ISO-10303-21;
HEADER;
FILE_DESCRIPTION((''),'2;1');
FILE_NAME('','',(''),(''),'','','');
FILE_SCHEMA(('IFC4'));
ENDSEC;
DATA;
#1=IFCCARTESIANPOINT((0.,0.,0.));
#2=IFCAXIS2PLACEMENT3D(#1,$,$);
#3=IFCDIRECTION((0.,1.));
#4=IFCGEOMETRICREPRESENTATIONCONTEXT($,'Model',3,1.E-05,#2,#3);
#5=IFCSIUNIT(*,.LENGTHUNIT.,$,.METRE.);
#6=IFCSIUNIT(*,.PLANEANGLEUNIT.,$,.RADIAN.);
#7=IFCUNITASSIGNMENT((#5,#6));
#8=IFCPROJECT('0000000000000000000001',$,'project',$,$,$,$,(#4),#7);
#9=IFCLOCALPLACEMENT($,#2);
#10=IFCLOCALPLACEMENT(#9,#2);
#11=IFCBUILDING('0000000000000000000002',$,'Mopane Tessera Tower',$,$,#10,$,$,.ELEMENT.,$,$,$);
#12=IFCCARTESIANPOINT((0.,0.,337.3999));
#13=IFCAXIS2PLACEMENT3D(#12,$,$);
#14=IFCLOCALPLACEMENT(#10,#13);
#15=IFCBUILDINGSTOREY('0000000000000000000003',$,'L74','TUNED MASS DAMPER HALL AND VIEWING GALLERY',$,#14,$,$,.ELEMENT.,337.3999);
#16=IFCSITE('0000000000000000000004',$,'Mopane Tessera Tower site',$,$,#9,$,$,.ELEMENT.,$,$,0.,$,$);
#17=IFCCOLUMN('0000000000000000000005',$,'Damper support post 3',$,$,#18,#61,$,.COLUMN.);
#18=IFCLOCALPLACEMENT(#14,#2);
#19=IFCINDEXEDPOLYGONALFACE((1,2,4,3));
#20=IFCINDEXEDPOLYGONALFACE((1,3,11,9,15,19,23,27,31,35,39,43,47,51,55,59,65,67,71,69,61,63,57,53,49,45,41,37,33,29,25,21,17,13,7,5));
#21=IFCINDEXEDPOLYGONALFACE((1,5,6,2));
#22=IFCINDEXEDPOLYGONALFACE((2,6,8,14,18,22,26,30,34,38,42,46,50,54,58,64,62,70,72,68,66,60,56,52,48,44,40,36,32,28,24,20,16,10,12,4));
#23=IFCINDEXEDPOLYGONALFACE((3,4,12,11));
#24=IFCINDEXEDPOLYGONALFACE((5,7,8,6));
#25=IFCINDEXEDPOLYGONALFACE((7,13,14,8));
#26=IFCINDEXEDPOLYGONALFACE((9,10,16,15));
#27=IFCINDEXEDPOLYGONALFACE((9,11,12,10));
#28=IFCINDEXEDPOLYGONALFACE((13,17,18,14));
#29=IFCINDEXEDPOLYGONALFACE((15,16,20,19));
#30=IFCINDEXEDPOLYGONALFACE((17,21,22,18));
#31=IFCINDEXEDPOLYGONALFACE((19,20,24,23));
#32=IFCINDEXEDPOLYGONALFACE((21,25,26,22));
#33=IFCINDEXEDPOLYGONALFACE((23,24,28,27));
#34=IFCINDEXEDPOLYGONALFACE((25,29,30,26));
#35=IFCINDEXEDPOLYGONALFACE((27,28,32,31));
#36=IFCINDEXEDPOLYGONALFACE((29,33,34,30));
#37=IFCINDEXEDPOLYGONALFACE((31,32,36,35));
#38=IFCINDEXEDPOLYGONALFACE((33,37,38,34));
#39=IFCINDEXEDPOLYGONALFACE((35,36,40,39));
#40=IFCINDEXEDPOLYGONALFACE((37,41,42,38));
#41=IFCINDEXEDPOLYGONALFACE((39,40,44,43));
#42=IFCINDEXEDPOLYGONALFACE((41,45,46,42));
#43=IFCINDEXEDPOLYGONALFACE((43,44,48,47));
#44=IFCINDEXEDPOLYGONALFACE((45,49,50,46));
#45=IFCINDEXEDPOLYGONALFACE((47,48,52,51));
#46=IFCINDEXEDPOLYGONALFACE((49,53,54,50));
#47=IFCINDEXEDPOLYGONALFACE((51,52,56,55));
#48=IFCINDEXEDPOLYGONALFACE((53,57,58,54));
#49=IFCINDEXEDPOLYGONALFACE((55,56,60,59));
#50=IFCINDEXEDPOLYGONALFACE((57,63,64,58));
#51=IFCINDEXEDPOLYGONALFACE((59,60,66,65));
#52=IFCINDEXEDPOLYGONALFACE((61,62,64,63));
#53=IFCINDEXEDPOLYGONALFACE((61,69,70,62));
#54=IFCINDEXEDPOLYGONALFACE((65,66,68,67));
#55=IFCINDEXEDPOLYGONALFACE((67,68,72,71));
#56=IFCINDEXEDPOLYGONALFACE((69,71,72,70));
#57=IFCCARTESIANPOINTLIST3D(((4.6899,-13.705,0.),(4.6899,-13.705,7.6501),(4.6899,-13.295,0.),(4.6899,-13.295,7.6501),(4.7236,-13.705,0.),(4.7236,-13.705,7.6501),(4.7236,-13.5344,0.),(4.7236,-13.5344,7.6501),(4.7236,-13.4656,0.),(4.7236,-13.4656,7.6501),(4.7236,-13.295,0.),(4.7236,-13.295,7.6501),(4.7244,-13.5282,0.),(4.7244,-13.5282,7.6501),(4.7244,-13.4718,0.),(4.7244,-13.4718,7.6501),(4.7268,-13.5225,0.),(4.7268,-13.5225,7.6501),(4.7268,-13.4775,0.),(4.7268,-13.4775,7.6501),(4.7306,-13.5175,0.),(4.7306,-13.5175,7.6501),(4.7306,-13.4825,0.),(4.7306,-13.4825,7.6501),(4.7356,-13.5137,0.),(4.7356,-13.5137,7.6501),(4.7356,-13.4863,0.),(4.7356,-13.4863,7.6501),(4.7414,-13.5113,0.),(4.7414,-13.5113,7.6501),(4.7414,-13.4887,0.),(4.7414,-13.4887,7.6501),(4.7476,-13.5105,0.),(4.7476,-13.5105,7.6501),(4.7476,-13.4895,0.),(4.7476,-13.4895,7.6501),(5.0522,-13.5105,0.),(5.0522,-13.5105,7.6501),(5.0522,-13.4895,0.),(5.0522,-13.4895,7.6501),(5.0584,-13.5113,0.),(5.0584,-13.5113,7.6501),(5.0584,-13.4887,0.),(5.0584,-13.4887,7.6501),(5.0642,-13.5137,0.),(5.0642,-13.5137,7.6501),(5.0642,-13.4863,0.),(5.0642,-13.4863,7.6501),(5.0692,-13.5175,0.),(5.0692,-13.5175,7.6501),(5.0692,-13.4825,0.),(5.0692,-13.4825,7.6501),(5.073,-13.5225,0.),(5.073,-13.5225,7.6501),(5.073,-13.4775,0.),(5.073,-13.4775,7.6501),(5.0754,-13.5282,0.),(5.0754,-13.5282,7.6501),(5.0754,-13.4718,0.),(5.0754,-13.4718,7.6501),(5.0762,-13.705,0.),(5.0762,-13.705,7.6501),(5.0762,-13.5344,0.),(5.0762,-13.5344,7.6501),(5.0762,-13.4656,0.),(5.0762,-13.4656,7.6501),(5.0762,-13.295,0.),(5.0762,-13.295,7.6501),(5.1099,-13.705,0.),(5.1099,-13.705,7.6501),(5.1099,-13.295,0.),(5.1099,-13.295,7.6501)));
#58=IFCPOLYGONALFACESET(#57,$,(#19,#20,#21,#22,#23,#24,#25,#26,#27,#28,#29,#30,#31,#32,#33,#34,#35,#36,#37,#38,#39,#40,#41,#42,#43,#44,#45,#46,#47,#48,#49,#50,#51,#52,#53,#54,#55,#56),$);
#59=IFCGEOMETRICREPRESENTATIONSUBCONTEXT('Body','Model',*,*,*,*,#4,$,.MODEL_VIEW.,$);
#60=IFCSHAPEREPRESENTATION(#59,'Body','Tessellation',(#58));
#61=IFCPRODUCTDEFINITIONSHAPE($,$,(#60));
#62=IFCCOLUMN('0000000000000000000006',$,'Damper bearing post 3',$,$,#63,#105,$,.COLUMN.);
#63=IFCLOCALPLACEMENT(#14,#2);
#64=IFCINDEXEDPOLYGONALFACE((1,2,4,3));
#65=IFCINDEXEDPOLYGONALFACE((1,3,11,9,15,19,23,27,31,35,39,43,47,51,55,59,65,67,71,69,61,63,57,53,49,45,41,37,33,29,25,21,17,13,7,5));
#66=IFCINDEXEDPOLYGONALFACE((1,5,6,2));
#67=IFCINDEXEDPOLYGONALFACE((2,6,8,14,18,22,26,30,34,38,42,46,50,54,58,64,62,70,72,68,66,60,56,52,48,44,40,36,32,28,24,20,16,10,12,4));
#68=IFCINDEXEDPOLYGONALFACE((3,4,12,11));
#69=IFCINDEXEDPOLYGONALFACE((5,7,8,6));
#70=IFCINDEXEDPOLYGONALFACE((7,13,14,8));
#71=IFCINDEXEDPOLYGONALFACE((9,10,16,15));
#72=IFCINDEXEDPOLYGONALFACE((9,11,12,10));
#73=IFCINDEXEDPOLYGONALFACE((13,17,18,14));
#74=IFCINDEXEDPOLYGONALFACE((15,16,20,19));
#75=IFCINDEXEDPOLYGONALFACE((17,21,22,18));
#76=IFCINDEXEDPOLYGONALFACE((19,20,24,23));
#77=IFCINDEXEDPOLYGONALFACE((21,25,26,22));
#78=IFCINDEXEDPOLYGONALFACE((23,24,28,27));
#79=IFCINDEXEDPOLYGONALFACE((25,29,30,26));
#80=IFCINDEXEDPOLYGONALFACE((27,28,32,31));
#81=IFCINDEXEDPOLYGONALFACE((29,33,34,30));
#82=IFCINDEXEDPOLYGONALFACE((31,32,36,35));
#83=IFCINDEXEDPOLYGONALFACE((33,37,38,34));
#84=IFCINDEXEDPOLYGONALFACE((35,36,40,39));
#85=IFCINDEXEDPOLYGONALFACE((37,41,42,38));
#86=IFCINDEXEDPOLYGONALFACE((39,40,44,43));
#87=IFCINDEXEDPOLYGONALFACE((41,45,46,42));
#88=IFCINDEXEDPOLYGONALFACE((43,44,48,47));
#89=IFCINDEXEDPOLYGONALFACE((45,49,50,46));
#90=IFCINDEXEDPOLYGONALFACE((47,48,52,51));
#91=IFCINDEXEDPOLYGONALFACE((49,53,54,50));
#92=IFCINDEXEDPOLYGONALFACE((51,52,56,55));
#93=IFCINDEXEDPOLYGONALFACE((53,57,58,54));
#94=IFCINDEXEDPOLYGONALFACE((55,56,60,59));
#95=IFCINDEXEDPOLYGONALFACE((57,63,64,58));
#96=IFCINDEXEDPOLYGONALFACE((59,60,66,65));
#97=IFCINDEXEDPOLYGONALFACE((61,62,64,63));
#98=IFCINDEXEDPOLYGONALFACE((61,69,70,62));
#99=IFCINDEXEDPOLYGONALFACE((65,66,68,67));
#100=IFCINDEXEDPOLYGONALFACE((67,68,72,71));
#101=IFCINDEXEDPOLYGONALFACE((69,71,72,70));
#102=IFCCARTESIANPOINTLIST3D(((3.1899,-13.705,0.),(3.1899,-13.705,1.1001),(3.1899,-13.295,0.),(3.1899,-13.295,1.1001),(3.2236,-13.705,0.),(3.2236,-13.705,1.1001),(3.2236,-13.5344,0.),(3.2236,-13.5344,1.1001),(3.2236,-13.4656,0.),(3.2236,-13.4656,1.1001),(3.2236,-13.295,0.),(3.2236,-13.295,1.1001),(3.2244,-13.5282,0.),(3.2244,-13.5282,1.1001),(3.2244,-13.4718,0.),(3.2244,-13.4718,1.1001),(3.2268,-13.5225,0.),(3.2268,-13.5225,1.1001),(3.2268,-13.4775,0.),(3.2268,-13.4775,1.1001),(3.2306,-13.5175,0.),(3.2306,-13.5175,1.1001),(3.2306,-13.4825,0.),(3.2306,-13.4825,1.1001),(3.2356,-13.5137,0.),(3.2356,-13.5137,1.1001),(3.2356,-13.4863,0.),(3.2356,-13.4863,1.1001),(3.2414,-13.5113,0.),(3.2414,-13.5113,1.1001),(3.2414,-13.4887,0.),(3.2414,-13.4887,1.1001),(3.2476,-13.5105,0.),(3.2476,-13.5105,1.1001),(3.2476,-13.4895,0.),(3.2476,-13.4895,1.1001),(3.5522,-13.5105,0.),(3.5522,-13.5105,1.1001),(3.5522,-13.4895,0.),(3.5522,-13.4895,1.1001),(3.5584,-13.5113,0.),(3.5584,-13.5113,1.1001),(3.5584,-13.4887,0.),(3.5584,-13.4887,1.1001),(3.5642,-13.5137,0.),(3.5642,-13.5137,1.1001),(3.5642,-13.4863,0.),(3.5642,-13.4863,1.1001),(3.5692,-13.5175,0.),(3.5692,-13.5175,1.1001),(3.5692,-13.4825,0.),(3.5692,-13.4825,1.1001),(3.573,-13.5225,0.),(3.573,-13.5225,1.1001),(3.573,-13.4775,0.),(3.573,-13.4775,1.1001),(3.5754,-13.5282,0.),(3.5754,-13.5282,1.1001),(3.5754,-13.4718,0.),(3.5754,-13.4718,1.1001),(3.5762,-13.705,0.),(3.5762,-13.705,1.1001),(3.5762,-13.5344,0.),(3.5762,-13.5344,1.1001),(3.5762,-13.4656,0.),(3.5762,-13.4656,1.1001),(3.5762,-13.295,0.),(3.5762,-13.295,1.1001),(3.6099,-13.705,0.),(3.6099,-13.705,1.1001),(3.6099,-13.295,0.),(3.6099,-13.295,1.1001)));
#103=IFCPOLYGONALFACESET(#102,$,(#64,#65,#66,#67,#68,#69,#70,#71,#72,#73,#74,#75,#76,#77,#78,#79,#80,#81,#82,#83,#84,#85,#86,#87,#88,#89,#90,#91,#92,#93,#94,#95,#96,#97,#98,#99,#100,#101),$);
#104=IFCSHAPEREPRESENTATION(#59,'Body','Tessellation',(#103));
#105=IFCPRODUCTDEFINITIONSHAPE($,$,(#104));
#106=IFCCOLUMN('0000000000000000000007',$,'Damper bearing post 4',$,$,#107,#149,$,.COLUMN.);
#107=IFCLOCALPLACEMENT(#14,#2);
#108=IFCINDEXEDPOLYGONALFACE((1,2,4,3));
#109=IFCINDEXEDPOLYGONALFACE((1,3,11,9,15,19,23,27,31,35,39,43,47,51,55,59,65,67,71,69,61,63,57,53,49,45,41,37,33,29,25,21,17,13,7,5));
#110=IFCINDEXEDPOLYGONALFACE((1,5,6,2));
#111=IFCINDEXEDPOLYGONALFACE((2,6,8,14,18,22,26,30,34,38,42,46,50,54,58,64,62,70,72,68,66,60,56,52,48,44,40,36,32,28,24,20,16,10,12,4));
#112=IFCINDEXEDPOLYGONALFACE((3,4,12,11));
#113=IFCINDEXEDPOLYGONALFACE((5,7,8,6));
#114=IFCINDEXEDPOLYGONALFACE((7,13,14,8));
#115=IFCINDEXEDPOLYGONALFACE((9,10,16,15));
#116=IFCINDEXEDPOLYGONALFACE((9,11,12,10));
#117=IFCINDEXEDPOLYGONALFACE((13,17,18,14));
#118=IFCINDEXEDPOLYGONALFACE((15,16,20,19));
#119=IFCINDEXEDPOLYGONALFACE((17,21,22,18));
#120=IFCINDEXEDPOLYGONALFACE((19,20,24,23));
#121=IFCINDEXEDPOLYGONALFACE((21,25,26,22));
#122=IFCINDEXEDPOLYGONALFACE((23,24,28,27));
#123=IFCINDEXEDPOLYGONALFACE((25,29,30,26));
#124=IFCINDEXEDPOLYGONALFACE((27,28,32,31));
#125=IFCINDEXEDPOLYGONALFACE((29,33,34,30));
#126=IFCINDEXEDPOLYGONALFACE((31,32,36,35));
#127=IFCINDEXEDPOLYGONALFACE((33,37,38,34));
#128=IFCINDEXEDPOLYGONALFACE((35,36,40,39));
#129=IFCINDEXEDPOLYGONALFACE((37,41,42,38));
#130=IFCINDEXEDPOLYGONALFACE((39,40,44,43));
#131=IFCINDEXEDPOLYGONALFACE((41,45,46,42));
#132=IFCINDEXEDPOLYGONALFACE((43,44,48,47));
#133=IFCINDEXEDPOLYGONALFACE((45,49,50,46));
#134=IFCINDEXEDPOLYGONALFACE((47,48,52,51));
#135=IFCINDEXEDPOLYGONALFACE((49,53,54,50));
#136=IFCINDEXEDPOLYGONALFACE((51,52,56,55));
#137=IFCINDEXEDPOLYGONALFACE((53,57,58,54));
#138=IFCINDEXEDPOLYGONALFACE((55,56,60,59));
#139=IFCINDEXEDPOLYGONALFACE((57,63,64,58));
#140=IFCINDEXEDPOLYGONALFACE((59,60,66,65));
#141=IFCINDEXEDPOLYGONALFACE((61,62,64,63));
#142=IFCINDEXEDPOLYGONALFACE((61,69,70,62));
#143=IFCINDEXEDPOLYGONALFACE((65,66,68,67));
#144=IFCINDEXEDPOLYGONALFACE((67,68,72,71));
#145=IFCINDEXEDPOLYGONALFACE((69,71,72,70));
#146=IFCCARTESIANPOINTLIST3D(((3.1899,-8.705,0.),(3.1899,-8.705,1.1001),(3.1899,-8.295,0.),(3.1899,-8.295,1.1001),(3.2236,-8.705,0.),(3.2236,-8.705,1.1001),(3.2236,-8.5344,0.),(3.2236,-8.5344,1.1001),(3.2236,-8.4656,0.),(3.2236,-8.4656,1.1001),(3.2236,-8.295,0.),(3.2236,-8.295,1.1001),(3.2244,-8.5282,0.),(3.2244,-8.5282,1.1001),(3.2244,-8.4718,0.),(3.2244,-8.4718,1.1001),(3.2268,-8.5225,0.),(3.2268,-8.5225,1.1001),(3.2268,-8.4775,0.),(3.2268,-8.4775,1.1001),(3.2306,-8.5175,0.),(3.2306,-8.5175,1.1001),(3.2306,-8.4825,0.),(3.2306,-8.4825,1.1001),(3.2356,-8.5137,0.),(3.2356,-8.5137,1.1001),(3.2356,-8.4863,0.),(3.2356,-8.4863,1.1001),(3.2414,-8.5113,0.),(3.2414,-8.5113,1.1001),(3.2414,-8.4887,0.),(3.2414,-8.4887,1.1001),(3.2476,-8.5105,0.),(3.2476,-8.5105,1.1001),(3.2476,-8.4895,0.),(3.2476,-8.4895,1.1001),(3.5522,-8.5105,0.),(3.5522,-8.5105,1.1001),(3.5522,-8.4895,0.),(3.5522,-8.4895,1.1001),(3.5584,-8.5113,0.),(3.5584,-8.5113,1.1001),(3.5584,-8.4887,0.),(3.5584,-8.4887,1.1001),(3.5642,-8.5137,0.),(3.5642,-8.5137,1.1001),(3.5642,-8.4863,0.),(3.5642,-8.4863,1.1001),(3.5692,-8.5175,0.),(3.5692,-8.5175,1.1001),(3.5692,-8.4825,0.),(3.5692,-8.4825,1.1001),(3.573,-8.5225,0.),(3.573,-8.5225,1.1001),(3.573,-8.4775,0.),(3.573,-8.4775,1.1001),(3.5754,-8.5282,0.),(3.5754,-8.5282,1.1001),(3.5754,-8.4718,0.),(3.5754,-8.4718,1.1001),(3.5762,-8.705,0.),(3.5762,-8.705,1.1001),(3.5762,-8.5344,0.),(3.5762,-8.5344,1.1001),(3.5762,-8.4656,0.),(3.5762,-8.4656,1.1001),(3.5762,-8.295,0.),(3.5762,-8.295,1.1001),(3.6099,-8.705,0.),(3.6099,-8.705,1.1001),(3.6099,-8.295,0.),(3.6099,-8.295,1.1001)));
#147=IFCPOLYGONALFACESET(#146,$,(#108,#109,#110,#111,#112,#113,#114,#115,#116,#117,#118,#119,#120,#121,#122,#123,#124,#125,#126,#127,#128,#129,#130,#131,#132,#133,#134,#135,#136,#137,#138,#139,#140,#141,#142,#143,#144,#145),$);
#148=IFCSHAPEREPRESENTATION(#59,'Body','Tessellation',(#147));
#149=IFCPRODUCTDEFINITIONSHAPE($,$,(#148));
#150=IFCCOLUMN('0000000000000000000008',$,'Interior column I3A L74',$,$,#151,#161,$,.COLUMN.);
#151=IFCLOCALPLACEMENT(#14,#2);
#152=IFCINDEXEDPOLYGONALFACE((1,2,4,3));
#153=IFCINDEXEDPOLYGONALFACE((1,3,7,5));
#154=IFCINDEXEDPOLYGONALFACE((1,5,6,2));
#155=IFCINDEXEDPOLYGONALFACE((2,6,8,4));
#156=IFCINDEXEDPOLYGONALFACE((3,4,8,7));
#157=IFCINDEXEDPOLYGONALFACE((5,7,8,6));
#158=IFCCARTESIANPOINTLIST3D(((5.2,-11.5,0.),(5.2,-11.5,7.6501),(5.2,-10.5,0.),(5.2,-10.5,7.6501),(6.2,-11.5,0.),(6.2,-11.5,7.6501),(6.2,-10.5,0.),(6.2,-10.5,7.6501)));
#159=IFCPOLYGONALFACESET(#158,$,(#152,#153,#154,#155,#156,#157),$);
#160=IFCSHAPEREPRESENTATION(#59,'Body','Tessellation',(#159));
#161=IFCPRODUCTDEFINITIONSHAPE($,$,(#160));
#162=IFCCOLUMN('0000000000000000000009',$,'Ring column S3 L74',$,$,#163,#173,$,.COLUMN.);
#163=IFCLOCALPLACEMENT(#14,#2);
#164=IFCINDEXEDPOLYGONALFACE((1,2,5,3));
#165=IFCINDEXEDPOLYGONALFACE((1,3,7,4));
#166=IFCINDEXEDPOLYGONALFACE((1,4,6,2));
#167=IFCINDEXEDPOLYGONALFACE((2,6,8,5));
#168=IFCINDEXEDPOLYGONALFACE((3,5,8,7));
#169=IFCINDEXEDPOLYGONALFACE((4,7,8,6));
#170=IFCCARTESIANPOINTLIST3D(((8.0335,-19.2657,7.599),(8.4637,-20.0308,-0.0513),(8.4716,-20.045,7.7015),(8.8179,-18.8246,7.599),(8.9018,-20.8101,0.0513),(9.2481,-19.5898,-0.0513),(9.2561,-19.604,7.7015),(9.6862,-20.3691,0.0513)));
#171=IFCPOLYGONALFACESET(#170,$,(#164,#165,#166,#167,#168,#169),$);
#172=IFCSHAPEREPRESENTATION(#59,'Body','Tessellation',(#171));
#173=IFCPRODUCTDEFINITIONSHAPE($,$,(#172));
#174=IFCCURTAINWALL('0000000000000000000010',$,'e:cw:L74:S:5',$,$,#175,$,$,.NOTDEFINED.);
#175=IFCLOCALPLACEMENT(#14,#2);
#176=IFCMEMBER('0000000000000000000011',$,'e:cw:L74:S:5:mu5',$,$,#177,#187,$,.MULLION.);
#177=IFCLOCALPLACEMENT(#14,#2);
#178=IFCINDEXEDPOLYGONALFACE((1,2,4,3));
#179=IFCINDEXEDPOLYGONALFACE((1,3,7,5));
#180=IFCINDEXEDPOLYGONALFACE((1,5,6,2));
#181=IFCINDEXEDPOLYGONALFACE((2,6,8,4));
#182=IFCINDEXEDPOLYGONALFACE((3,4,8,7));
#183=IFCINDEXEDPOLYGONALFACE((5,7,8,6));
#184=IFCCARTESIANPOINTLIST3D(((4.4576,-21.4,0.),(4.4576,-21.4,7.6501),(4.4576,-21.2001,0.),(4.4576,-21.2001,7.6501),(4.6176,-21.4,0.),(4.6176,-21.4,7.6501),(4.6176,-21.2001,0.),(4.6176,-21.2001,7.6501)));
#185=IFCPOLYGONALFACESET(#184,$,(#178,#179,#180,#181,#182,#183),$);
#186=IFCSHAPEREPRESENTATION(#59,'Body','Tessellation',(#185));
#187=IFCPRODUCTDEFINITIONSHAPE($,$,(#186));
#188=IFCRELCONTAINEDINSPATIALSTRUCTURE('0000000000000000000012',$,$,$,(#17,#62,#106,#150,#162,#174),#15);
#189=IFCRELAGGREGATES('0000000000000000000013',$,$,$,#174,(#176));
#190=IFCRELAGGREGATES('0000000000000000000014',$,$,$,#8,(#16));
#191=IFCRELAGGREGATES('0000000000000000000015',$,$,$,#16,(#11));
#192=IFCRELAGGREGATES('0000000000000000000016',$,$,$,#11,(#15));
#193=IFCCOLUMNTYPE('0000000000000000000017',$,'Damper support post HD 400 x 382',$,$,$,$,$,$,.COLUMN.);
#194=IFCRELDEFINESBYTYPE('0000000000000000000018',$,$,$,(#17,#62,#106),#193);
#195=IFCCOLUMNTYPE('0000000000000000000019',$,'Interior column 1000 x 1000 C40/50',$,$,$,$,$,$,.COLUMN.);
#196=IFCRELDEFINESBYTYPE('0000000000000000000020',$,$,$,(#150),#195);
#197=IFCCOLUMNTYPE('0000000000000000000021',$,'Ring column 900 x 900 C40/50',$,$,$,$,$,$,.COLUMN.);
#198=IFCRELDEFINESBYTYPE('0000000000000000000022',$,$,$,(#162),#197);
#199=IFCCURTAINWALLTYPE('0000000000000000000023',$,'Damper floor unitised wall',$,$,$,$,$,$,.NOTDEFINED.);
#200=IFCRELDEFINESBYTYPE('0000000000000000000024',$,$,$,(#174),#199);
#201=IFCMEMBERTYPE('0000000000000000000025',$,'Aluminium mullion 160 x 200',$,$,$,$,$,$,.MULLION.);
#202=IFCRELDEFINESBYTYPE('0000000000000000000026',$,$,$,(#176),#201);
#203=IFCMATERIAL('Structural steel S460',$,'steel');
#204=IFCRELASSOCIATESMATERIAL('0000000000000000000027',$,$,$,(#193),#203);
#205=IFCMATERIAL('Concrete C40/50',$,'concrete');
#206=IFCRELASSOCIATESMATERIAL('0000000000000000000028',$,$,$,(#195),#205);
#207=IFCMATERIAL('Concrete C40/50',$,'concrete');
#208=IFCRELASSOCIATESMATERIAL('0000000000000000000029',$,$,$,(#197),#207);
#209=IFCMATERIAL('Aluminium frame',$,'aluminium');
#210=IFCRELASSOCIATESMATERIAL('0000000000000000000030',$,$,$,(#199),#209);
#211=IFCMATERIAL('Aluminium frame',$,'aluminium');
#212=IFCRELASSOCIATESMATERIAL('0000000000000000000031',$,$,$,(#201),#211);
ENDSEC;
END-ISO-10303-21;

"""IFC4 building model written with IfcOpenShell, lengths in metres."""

from ifc_helpers import new_model, si_unit, direction, frame, origin, origin_2d, place, context, subcontext, project, spatial, rectangle, i_section, extrude, material, material_profile, profile_set, type_object, element, aggregate, save


model = new_model("IFC4")

# Units and contexts
model_context = context("Model", 3, precision=1e-05, world=origin(), true_north=direction((0.0, 1.0)))
body_context = subcontext(model_context, "Body", "Model", "MODEL_VIEW")
ifc_project = project(units=[si_unit("LENGTHUNIT", "METRE"), si_unit("PLANEANGLEUNIT", "RADIAN")], contexts=[model_context])

# Site, building, storey
site_placement = place(None, origin())
site = spatial("IfcSite", under=ifc_project, at=site_placement, Name="Mopane Tessera Tower site", CompositionType="ELEMENT", RefElevation=0.0)
building_placement = place(site_placement, origin())
building = spatial("IfcBuilding", under=site, at=building_placement, Name="Mopane Tessera Tower", CompositionType="ELEMENT")
storey_placement = place(building_placement, frame((0.0, 0.0, 337.3999)))
storey = spatial("IfcBuildingStorey", under=building, at=storey_placement, Name="L74", Description="TUNED MASS DAMPER HALL AND VIEWING GALLERY", CompositionType="ELEMENT", Elevation=337.3999)

# Columns
ifc_material_1 = material(Name="Structural steel S460", Category="steel")
ifc_material_profile_1 = material_profile(ifc_material_1, i_section(OverallWidth=0.4099, OverallDepth=0.4199, WebThickness=0.021, FlangeThickness=0.0337, FilletRadius=0.0239, at=origin_2d()))
ifc_profile_set_1 = profile_set([ifc_material_profile_1], Name="Structural steel S460")
column_type_1 = type_object("IfcColumnType", Name="Damper support post HD 400 x 382", PredefinedType="COLUMN", material=ifc_profile_set_1)
column_1_placement = place(storey_placement, frame((4.8999, -13.5, 0.0), z_axis=(0.0, 0.0, 1.0), x_axis=(0.0, 1.0, 0.0)))
element("IfcColumn", 1, at=column_1_placement, inside=storey, type_object=column_type_1, Name="Damper support post 3", PredefinedType="COLUMN", context=body_context, shape_type="SweptSolid", body=[
    extrude(i_section(OverallWidth=0.4099, OverallDepth=0.4199, WebThickness=0.021, FlangeThickness=0.0337, FilletRadius=0.0239, at=origin_2d()), origin(), (0.0, 0.0, 1.0), 7.6501),
])
for number, where, z_axis, x_axis, name in (
    (2, (3.3999, -13.5, 0.0), (0.0, 0.0, 1.0), (0.0, 1.0, 0.0), "Damper bearing post 3"),
    (3, (3.3999, -8.5, 0.0), (0.0, 0.0, 1.0), (0.0, 1.0, 0.0), "Damper bearing post 4"),
):
    element("IfcColumn", number, at=place(storey_placement, frame(where, z_axis=z_axis, x_axis=x_axis)), inside=storey, type_object=column_type_1, Name=name, PredefinedType="COLUMN", context=body_context, shape_type="SweptSolid", body=[
        extrude(i_section(OverallWidth=0.4099, OverallDepth=0.4199, WebThickness=0.021, FlangeThickness=0.0337, FilletRadius=0.0239, at=origin_2d()), origin(), (0.0, 0.0, 1.0), 1.1001),
    ])
ifc_material_2 = material(Name="Concrete C40/50", Category="concrete")
ifc_material_profile_2 = material_profile(ifc_material_2, rectangle(XDim=1.0, YDim=1.0, at=origin_2d()))
ifc_profile_set_2 = profile_set([ifc_material_profile_2], Name="Concrete C40/50")
column_type_2 = type_object("IfcColumnType", Name="Interior column 1000 x 1000 C40/50", PredefinedType="COLUMN", material=ifc_profile_set_2)
column_2_placement = place(storey_placement, frame((5.7, -11.0, 0.0), z_axis=(0.0, 0.0, 1.0), x_axis=(1.0, 0.0, 0.0)))
element("IfcColumn", 4, at=column_2_placement, inside=storey, type_object=column_type_2, Name="Interior column I3A L74", PredefinedType="COLUMN", context=body_context, shape_type="SweptSolid", body=[
    extrude(rectangle(XDim=1.0, YDim=1.0, at=origin_2d()), origin(), (0.0, 0.0, 1.0), 7.6501),
])
ifc_material_3 = material(Name="Concrete C40/50", Category="concrete")
ifc_material_profile_3 = material_profile(ifc_material_3, rectangle(XDim=0.8999, YDim=0.8999, at=origin_2d()))
ifc_profile_set_3 = profile_set([ifc_material_profile_3], Name="Concrete C40/50")
column_type_3 = type_object("IfcColumnType", Name="Ring column 900 x 900 C40/50", PredefinedType="COLUMN", material=ifc_profile_set_3)
column_3_placement = place(storey_placement, frame((9.075, -20.2, 0.0), z_axis=(-0.055865, 0.099364, 0.993482), x_axis=(-0.87168, -0.490076, 0.0)))
element("IfcColumn", 5, at=column_3_placement, inside=storey, type_object=column_type_3, Name="Ring column S3 L74", PredefinedType="COLUMN", context=body_context, shape_type="SweptSolid", body=[
    extrude(rectangle(XDim=0.8999, YDim=0.8999, at=origin_2d()), origin(), (0.0, 0.0, 1.0), 7.7004),
])

# Curtain wall, member
ifc_material_4 = material(Name="Aluminium frame", Category="aluminium")
curtain_wall_type = type_object("IfcCurtainWallType", Name="Damper floor unitised wall", PredefinedType="NOTDEFINED", material=ifc_material_4)
curtain_wall_placement = place(storey_placement, origin())
curtain_wall = element("IfcCurtainWall", 6, at=curtain_wall_placement, inside=storey, type_object=curtain_wall_type, Name="e:cw:L74:S:5", PredefinedType="NOTDEFINED")
ifc_material_5 = material(Name="Aluminium frame", Category="aluminium")
ifc_material_profile_4 = material_profile(ifc_material_5, rectangle(XDim=0.1599, YDim=0.2, at=origin_2d()))
ifc_profile_set_4 = profile_set([ifc_material_profile_4], Name="Aluminium frame")
member_type_1 = type_object("IfcMemberType", Name="Aluminium mullion 160 x 200", PredefinedType="MULLION", material=ifc_profile_set_4)
member_1_placement = place(storey_placement, frame((4.5376, -21.3, 0.0), z_axis=(0.0, 0.0, 1.0), x_axis=(1.0, 0.0, 0.0)))
member_1 = element("IfcMember", 7, at=member_1_placement, type_object=member_type_1, Name="e:cw:L74:S:5:mu5", PredefinedType="MULLION", context=body_context, shape_type="SweptSolid", body=[
    extrude(rectangle(XDim=0.1599, YDim=0.2, at=origin_2d()), origin(), (0.0, 0.0, 1.0), 7.6501),
])

aggregate(curtain_wall, [member_1])

save(model, "model.ifc")
